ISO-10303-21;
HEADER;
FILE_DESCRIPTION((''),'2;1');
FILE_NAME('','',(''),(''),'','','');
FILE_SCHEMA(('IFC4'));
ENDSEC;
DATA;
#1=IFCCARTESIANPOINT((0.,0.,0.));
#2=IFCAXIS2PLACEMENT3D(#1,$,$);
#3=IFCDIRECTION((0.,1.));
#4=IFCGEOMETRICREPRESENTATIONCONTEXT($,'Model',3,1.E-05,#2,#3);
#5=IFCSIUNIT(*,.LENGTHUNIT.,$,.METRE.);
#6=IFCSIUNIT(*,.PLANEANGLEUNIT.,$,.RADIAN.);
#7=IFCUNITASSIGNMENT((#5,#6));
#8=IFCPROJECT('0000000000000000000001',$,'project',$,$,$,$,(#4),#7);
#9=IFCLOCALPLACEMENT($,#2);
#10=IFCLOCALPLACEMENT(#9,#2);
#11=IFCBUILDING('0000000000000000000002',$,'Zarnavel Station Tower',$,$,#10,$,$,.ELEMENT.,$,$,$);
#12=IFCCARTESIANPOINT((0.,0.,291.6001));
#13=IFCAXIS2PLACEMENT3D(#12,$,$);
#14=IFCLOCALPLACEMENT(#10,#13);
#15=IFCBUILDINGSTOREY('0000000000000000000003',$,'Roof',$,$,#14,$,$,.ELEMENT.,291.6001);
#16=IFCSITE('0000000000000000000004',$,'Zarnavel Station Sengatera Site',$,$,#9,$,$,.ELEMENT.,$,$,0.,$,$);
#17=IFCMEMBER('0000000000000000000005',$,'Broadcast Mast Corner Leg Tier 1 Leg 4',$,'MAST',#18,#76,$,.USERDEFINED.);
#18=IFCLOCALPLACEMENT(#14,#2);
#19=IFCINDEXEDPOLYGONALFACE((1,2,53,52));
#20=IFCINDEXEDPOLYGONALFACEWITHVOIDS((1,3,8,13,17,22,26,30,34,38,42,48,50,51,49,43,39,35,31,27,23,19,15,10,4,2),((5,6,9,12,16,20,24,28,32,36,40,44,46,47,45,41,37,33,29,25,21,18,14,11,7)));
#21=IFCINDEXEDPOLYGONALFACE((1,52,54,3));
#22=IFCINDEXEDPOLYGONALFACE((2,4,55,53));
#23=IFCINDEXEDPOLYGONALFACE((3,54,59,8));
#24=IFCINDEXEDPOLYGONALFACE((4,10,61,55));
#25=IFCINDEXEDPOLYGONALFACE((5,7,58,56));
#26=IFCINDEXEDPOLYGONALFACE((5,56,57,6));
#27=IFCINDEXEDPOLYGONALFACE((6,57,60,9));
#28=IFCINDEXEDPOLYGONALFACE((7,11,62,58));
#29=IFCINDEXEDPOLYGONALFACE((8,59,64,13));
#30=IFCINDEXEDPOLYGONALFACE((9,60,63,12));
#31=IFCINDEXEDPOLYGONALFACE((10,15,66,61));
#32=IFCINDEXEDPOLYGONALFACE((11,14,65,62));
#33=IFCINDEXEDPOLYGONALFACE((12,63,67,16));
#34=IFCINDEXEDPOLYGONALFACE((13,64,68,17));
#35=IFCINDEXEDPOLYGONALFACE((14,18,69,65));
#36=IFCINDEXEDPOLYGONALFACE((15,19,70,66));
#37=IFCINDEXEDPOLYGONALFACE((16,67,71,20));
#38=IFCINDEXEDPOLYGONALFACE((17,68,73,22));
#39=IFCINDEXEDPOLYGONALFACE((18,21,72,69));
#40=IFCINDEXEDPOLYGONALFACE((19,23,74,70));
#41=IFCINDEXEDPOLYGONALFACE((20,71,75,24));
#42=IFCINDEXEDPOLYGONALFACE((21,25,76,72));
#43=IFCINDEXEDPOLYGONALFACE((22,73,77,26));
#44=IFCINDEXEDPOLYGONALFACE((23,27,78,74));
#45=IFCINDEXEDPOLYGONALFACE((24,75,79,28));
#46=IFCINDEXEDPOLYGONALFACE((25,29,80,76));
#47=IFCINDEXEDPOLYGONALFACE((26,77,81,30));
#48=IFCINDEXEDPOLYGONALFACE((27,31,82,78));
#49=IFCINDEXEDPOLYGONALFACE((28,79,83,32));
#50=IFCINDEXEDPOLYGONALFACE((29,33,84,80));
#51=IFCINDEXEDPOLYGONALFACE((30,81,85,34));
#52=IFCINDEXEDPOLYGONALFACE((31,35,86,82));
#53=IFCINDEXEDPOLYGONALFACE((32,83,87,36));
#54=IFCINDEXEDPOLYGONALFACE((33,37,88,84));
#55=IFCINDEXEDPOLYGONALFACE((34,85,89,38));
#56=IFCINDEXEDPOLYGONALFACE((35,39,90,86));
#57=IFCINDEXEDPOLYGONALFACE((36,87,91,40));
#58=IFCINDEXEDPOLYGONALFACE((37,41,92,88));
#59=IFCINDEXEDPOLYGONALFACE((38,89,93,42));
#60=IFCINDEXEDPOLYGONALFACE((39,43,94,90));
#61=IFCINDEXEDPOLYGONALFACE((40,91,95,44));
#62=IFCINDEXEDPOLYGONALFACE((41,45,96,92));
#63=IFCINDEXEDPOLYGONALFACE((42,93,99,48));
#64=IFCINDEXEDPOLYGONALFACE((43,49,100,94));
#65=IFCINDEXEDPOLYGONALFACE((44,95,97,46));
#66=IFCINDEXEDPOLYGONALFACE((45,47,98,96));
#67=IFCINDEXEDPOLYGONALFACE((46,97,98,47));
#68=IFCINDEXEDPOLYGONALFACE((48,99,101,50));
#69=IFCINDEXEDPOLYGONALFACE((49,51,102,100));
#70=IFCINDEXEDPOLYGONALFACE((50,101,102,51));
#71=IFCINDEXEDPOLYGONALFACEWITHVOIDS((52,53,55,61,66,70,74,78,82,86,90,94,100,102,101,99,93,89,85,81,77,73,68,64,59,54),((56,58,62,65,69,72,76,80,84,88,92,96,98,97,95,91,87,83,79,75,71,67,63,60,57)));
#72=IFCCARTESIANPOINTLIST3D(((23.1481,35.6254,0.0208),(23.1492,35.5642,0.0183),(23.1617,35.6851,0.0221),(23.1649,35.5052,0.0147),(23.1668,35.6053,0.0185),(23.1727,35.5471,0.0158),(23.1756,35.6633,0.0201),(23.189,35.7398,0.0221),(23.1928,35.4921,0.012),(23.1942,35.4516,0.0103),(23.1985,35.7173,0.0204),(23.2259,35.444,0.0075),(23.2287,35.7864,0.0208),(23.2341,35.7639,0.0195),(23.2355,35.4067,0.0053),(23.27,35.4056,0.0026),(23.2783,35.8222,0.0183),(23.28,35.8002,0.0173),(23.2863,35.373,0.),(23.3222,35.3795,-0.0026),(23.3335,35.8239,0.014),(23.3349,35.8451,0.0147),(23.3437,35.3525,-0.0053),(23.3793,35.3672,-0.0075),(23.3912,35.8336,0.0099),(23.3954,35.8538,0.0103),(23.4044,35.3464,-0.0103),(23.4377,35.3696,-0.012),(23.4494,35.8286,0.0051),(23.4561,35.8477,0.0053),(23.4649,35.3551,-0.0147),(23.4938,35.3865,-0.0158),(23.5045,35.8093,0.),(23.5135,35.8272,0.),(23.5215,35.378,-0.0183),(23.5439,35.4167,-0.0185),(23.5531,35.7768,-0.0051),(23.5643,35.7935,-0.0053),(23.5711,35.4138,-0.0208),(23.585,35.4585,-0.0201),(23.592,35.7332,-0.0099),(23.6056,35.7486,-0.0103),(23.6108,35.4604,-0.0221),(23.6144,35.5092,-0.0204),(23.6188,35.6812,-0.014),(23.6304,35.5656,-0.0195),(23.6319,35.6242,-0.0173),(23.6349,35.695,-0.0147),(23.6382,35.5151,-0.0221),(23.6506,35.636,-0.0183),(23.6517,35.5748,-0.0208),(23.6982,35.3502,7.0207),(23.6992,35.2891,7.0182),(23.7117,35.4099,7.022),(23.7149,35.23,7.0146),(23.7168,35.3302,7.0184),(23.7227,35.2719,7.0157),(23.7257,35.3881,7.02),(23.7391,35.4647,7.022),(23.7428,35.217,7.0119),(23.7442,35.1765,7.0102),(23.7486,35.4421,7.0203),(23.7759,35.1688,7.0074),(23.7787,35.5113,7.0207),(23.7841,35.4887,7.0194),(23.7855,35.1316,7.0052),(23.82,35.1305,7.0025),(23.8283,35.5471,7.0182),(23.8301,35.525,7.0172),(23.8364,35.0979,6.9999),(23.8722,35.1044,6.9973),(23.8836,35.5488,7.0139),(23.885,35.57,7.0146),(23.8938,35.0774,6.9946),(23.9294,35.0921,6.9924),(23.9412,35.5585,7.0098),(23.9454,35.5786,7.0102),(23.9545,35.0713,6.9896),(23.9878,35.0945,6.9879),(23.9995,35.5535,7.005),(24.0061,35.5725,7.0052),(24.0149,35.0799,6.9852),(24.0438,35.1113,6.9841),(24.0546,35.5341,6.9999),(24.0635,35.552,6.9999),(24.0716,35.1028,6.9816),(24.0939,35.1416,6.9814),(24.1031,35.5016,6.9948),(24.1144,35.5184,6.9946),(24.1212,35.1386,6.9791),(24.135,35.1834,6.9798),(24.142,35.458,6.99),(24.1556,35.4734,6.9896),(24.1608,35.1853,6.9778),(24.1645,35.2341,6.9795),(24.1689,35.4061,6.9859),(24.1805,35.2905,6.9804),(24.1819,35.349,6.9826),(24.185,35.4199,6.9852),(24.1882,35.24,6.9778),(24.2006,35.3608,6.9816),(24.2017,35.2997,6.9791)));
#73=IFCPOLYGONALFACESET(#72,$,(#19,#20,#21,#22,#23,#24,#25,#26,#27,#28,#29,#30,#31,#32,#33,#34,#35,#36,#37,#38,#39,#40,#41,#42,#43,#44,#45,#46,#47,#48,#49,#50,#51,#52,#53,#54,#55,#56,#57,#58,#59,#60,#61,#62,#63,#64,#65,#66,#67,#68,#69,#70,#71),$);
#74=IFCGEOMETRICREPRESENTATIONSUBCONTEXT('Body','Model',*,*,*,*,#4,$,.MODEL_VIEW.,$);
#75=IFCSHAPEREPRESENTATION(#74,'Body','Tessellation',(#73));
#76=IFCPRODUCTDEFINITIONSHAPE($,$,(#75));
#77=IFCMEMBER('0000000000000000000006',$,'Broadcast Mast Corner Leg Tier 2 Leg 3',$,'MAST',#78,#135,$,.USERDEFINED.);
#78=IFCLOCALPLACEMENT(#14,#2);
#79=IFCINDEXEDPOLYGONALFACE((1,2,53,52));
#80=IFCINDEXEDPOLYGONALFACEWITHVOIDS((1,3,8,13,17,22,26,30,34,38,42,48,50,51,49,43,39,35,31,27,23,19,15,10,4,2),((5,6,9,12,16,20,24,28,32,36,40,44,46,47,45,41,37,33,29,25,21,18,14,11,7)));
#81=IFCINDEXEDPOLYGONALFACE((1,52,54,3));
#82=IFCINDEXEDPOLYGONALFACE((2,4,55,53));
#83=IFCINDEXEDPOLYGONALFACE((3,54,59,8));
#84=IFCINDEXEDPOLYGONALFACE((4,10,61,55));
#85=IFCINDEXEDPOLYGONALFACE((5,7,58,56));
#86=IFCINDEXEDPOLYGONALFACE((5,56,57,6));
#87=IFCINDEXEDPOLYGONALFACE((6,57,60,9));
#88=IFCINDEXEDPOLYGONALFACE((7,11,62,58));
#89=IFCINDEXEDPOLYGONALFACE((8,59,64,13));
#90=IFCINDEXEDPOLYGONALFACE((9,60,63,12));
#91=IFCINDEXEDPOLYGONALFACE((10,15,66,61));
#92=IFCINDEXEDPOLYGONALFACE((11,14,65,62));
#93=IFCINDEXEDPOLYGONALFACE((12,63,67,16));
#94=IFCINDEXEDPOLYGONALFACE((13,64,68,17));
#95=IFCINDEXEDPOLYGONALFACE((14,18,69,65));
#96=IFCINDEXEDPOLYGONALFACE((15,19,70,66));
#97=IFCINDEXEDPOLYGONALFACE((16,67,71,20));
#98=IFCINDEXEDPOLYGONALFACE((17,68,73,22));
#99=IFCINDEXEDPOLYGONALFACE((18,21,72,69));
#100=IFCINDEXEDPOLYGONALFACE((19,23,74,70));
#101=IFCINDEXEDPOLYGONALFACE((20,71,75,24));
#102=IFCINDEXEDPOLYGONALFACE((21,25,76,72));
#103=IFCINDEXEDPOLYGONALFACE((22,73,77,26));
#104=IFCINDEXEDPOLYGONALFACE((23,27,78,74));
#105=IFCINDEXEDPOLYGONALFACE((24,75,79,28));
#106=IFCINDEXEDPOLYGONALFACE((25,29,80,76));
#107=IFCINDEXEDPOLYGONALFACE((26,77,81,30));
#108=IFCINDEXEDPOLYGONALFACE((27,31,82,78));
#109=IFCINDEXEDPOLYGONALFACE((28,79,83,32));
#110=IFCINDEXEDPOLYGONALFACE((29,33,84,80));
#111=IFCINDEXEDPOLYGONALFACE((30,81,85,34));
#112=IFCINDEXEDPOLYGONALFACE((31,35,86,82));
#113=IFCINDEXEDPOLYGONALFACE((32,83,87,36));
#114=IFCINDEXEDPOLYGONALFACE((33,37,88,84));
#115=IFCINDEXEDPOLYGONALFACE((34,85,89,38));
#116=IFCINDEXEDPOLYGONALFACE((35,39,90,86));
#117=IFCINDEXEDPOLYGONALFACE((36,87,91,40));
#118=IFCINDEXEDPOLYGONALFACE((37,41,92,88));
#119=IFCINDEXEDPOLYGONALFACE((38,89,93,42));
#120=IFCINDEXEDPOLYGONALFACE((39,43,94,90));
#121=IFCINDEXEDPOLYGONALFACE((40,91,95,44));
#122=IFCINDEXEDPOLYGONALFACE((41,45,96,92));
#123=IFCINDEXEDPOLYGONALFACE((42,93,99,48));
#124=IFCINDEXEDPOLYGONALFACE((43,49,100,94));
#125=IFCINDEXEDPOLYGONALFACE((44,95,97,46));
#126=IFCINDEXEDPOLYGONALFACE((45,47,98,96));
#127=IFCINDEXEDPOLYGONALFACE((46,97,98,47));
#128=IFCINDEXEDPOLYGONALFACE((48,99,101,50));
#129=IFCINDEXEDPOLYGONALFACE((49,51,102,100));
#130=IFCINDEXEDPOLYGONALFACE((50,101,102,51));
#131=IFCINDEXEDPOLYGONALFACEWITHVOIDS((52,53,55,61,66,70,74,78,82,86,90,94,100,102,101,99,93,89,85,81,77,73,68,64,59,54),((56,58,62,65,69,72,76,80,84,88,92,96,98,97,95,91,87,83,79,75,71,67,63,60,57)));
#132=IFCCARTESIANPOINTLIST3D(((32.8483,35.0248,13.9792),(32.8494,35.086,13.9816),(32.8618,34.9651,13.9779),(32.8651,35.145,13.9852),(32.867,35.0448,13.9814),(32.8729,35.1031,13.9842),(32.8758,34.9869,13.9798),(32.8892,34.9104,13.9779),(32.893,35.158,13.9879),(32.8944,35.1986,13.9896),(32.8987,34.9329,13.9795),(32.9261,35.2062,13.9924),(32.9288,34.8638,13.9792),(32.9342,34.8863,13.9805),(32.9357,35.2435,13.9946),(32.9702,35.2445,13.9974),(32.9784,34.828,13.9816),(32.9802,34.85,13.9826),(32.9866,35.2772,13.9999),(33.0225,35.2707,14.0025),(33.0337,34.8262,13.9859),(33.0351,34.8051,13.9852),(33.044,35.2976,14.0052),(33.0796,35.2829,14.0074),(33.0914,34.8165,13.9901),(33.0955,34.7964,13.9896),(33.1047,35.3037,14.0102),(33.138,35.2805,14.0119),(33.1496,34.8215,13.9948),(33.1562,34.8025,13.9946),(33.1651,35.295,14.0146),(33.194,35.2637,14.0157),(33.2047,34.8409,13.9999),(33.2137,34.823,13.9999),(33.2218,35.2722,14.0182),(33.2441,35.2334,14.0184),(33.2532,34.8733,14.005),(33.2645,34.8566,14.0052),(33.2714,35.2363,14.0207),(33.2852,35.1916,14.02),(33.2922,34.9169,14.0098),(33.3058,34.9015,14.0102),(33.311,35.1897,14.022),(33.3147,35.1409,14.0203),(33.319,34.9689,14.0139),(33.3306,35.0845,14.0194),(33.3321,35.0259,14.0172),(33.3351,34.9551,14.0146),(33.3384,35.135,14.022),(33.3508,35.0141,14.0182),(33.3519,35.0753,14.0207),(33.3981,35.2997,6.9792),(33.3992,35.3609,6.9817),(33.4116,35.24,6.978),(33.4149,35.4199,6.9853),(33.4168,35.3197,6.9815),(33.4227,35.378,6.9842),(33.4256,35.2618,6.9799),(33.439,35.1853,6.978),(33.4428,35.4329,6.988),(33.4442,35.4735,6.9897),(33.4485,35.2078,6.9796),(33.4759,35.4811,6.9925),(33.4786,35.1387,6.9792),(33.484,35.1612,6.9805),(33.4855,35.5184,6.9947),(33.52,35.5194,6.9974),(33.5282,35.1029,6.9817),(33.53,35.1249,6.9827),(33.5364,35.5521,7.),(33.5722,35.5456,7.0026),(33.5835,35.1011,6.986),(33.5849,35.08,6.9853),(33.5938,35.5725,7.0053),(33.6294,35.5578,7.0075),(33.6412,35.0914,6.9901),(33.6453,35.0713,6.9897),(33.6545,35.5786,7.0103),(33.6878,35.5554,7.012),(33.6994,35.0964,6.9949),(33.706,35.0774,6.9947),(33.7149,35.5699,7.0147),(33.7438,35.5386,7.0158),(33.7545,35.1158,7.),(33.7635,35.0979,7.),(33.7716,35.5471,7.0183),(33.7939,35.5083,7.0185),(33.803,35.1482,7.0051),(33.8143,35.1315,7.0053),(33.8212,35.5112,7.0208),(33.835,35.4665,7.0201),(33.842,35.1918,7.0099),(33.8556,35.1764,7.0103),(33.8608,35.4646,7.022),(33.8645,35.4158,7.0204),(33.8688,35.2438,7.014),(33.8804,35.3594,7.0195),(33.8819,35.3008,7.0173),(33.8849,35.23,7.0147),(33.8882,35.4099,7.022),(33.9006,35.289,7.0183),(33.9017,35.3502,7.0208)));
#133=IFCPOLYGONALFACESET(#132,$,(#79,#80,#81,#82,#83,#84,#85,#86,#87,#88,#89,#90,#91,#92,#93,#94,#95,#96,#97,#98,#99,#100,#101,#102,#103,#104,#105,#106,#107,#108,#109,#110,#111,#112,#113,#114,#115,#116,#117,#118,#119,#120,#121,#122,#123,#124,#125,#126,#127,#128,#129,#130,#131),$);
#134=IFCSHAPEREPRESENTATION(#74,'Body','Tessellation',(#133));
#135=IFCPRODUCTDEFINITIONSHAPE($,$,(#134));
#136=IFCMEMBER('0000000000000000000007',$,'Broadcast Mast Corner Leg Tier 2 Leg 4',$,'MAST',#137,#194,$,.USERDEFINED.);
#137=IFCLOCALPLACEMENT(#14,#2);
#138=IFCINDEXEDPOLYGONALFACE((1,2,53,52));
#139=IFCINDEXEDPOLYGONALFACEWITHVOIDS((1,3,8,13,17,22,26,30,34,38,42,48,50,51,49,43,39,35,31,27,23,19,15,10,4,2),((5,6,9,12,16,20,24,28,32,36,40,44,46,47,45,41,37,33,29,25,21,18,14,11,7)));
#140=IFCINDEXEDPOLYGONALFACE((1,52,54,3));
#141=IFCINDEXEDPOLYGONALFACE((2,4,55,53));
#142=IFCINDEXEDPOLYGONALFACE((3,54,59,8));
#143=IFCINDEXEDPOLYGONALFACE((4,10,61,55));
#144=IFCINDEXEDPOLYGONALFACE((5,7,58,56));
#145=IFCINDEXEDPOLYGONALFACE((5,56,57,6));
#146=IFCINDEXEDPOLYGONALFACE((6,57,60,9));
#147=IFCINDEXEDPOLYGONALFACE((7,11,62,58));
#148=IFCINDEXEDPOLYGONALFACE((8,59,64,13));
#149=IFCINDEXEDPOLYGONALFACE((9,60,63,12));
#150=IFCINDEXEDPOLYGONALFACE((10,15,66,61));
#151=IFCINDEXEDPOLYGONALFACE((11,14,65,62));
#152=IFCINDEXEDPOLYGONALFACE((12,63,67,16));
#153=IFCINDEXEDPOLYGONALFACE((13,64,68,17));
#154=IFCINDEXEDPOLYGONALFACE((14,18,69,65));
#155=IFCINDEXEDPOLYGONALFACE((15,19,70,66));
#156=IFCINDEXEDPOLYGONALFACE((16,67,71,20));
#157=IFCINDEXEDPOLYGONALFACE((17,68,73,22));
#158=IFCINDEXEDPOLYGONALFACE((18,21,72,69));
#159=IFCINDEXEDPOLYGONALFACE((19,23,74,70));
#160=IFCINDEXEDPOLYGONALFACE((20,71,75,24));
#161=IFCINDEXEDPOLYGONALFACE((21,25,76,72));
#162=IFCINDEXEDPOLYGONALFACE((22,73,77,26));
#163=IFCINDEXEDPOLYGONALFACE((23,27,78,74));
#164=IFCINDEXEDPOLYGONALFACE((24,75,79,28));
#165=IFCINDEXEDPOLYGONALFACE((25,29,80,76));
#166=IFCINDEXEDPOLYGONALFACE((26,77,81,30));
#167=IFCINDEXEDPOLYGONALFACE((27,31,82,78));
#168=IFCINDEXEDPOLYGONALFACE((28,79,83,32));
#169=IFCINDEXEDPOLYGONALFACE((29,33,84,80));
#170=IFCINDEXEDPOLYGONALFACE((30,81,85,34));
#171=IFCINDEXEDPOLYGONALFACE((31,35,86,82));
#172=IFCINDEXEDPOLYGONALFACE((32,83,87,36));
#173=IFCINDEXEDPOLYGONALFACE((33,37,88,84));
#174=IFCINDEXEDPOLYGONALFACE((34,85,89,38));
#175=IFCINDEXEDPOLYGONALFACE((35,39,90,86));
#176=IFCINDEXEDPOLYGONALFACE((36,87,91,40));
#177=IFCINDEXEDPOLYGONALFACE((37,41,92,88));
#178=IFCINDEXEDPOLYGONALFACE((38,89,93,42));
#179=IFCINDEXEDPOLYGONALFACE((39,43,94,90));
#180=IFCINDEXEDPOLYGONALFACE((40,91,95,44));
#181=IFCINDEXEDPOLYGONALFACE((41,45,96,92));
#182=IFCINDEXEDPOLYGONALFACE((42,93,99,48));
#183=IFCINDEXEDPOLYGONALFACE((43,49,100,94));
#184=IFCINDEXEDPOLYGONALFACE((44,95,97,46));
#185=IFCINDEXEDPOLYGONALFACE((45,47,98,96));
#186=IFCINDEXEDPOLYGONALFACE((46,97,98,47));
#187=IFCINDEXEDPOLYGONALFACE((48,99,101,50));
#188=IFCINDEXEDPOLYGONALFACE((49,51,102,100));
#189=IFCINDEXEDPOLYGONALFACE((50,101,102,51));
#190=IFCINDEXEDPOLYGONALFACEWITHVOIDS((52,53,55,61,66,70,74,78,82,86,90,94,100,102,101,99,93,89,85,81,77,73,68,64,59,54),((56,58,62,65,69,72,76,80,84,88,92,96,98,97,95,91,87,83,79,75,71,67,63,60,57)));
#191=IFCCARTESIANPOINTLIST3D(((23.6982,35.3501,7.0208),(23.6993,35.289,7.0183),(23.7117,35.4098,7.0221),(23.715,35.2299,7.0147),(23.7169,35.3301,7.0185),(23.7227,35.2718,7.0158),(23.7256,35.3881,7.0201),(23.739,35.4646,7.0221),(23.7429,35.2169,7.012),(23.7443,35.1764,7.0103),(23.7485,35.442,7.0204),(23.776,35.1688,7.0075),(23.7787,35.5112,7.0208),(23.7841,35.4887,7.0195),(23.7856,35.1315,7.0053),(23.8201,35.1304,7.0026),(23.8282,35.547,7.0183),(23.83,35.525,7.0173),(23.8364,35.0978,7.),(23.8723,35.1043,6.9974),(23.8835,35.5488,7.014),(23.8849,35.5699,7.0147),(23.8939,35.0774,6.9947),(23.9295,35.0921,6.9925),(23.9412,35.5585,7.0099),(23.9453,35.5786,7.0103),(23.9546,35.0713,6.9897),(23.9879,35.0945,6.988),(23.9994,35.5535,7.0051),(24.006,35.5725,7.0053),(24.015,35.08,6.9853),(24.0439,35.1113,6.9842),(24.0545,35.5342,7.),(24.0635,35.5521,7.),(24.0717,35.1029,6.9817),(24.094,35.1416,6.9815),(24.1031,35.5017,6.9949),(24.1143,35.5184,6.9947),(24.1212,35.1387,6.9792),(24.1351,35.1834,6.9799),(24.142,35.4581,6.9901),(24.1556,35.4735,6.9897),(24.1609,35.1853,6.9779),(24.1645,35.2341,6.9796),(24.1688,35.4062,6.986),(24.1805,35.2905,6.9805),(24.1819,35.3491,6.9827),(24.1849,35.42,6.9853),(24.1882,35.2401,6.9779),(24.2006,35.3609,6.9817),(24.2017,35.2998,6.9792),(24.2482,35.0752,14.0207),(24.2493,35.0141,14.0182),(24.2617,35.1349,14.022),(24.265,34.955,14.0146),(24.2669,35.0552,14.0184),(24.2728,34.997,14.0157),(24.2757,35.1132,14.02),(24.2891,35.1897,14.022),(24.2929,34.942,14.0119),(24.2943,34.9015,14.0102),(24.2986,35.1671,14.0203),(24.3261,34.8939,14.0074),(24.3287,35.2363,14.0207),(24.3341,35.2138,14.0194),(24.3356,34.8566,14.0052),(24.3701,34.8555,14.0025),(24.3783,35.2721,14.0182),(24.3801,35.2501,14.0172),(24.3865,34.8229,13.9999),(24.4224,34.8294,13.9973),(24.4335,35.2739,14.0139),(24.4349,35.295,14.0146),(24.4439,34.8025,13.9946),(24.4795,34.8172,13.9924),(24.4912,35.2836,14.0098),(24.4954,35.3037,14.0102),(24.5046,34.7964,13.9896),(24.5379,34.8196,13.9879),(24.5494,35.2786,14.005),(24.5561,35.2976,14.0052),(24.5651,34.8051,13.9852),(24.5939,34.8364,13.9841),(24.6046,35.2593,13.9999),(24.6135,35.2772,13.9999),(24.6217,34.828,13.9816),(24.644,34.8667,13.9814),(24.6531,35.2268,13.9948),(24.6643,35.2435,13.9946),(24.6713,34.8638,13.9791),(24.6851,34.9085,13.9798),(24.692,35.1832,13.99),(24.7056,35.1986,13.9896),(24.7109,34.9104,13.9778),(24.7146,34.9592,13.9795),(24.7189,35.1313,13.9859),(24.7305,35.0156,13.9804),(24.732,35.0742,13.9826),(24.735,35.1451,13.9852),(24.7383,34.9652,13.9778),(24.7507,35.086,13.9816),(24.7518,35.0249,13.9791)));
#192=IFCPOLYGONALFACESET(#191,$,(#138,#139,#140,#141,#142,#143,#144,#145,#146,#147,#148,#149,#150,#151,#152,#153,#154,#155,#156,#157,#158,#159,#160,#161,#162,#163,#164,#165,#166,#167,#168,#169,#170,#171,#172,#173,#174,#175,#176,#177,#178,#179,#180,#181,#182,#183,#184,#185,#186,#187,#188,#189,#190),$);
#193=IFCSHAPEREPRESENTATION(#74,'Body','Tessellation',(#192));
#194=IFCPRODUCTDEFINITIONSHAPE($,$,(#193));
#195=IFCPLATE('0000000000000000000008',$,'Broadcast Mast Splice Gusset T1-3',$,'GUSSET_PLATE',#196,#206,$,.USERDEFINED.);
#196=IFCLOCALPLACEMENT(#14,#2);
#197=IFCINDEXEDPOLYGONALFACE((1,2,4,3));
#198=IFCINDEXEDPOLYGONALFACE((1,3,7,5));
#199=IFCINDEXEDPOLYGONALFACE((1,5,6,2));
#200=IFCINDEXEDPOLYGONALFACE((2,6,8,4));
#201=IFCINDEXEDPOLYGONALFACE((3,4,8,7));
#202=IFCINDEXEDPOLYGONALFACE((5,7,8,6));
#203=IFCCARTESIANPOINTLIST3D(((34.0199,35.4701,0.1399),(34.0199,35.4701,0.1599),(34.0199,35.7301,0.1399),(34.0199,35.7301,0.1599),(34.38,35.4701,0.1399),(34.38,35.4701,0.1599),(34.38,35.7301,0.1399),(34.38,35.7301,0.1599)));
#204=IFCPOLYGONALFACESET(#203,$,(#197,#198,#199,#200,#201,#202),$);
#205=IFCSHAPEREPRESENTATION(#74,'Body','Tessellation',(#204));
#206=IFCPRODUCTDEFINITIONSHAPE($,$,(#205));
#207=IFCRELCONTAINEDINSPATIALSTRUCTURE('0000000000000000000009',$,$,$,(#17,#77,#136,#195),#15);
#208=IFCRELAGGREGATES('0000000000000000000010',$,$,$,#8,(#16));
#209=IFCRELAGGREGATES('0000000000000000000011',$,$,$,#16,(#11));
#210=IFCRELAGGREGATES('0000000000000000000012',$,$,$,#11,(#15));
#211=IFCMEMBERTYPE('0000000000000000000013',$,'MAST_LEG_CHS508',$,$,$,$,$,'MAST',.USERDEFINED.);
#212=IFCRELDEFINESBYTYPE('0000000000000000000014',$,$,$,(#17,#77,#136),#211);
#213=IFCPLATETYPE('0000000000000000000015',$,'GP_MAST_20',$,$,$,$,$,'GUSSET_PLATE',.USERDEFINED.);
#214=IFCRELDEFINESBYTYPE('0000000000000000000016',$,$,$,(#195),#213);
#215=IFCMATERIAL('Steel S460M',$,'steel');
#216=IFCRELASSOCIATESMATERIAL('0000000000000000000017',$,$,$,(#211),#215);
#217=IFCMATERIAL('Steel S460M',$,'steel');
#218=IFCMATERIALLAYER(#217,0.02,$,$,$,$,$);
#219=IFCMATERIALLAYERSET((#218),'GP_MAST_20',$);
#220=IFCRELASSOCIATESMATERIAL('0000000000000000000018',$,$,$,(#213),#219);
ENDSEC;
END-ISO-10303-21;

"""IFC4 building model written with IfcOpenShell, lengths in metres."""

from ifc_helpers import new_model, si_unit, direction, frame, origin, origin_2d, place, context, subcontext, project, spatial, rectangle, hollow_circle, extrude, material, layer, layer_set, material_profile, profile_set, type_object, element, save


model = new_model("IFC4")

# Units and contexts
model_context = context("Model", 3, precision=1e-05, world=origin(), true_north=direction((0.0, 1.0)))
body_context = subcontext(model_context, "Body", "Model", "MODEL_VIEW")
ifc_project = project(units=[si_unit("LENGTHUNIT", "METRE"), si_unit("PLANEANGLEUNIT", "RADIAN")], contexts=[model_context])

# Site, building, storey
site_placement = place(None, origin())
site = spatial("IfcSite", under=ifc_project, at=site_placement, Name="Zarnavel Station Sengatera Site", CompositionType="ELEMENT", RefElevation=0.0)
building_placement = place(site_placement, origin())
building = spatial("IfcBuilding", under=site, at=building_placement, Name="Zarnavel Station Tower", CompositionType="ELEMENT")
storey_placement = place(building_placement, frame((0.0, 0.0, 291.6001)))
storey = spatial("IfcBuildingStorey", under=building, at=storey_placement, Name="Roof", CompositionType="ELEMENT", Elevation=291.6001)

# Members
ifc_material_1 = material(Name="Steel S460M", Category="steel")
ifc_material_profile_1 = material_profile(ifc_material_1, hollow_circle(Radius=0.2539, WallThickness=0.02, at=origin_2d()), Name="CHS508x20")
ifc_profile_set_1 = profile_set([ifc_material_profile_1], Name="Steel S460M")
member_type_1 = type_object("IfcMemberType", Name="MAST_LEG_CHS508", ElementType="MAST", PredefinedType="USERDEFINED", material=ifc_profile_set_1)
for number, where, z_axis, x_axis, name in (
    (1, (23.3999, 35.6001, 0.0), (0.078277, -0.039156, 0.996162), (0.447372, 0.894348, 0.0), "Broadcast Mast Corner Leg Tier 1 Leg 4"),
    (2, (33.6499, 35.325, 7.0), (-0.078242, -0.039121, 0.996166), (0.447214, -0.894427, 0.0), "Broadcast Mast Corner Leg Tier 2 Leg 3"),
    (3, (23.95, 35.325, 7.0), (0.078277, -0.039121, 0.996164), (0.447055, 0.894507, 0.0), "Broadcast Mast Corner Leg Tier 2 Leg 4"),
):
    element("IfcMember", number, at=place(storey_placement, frame(where, z_axis=z_axis, x_axis=x_axis)), inside=storey, type_object=member_type_1, Name=name, ObjectType="MAST", PredefinedType="USERDEFINED", context=body_context, shape_type="SweptSolid", body=[
        extrude(hollow_circle(Radius=0.2539, WallThickness=0.02, at=origin_2d()), origin(), (0.0, 0.0, 1.0), 7.0269),
    ])

# Plate
ifc_material_2 = material(Name="Steel S460M", Category="steel")
ifc_layer = layer(ifc_material_2, 0.02)
ifc_layer_set = layer_set([ifc_layer], Name="GP_MAST_20")
plate_type = type_object("IfcPlateType", Name="GP_MAST_20", ElementType="GUSSET_PLATE", PredefinedType="USERDEFINED", material=ifc_layer_set)
for number, where, z_axis, x_axis, name in (
    (4, (34.2, 35.6001, 0.1399), (0.0, 0.0, 1.0), (1.0, 0.0, 0.0), "Broadcast Mast Splice Gusset T1-3"),
):
    element("IfcPlate", number, at=place(storey_placement, frame(where, z_axis=z_axis, x_axis=x_axis)), inside=storey, type_object=plate_type, Name=name, ObjectType="GUSSET_PLATE", PredefinedType="USERDEFINED", context=body_context, shape_type="SweptSolid", body=[
        extrude(rectangle(XDim=0.3601, YDim=0.26, at=origin_2d()), origin(), (0.0, 0.0, 1.0), 0.02),
    ])

save(model, "model.ifc")
